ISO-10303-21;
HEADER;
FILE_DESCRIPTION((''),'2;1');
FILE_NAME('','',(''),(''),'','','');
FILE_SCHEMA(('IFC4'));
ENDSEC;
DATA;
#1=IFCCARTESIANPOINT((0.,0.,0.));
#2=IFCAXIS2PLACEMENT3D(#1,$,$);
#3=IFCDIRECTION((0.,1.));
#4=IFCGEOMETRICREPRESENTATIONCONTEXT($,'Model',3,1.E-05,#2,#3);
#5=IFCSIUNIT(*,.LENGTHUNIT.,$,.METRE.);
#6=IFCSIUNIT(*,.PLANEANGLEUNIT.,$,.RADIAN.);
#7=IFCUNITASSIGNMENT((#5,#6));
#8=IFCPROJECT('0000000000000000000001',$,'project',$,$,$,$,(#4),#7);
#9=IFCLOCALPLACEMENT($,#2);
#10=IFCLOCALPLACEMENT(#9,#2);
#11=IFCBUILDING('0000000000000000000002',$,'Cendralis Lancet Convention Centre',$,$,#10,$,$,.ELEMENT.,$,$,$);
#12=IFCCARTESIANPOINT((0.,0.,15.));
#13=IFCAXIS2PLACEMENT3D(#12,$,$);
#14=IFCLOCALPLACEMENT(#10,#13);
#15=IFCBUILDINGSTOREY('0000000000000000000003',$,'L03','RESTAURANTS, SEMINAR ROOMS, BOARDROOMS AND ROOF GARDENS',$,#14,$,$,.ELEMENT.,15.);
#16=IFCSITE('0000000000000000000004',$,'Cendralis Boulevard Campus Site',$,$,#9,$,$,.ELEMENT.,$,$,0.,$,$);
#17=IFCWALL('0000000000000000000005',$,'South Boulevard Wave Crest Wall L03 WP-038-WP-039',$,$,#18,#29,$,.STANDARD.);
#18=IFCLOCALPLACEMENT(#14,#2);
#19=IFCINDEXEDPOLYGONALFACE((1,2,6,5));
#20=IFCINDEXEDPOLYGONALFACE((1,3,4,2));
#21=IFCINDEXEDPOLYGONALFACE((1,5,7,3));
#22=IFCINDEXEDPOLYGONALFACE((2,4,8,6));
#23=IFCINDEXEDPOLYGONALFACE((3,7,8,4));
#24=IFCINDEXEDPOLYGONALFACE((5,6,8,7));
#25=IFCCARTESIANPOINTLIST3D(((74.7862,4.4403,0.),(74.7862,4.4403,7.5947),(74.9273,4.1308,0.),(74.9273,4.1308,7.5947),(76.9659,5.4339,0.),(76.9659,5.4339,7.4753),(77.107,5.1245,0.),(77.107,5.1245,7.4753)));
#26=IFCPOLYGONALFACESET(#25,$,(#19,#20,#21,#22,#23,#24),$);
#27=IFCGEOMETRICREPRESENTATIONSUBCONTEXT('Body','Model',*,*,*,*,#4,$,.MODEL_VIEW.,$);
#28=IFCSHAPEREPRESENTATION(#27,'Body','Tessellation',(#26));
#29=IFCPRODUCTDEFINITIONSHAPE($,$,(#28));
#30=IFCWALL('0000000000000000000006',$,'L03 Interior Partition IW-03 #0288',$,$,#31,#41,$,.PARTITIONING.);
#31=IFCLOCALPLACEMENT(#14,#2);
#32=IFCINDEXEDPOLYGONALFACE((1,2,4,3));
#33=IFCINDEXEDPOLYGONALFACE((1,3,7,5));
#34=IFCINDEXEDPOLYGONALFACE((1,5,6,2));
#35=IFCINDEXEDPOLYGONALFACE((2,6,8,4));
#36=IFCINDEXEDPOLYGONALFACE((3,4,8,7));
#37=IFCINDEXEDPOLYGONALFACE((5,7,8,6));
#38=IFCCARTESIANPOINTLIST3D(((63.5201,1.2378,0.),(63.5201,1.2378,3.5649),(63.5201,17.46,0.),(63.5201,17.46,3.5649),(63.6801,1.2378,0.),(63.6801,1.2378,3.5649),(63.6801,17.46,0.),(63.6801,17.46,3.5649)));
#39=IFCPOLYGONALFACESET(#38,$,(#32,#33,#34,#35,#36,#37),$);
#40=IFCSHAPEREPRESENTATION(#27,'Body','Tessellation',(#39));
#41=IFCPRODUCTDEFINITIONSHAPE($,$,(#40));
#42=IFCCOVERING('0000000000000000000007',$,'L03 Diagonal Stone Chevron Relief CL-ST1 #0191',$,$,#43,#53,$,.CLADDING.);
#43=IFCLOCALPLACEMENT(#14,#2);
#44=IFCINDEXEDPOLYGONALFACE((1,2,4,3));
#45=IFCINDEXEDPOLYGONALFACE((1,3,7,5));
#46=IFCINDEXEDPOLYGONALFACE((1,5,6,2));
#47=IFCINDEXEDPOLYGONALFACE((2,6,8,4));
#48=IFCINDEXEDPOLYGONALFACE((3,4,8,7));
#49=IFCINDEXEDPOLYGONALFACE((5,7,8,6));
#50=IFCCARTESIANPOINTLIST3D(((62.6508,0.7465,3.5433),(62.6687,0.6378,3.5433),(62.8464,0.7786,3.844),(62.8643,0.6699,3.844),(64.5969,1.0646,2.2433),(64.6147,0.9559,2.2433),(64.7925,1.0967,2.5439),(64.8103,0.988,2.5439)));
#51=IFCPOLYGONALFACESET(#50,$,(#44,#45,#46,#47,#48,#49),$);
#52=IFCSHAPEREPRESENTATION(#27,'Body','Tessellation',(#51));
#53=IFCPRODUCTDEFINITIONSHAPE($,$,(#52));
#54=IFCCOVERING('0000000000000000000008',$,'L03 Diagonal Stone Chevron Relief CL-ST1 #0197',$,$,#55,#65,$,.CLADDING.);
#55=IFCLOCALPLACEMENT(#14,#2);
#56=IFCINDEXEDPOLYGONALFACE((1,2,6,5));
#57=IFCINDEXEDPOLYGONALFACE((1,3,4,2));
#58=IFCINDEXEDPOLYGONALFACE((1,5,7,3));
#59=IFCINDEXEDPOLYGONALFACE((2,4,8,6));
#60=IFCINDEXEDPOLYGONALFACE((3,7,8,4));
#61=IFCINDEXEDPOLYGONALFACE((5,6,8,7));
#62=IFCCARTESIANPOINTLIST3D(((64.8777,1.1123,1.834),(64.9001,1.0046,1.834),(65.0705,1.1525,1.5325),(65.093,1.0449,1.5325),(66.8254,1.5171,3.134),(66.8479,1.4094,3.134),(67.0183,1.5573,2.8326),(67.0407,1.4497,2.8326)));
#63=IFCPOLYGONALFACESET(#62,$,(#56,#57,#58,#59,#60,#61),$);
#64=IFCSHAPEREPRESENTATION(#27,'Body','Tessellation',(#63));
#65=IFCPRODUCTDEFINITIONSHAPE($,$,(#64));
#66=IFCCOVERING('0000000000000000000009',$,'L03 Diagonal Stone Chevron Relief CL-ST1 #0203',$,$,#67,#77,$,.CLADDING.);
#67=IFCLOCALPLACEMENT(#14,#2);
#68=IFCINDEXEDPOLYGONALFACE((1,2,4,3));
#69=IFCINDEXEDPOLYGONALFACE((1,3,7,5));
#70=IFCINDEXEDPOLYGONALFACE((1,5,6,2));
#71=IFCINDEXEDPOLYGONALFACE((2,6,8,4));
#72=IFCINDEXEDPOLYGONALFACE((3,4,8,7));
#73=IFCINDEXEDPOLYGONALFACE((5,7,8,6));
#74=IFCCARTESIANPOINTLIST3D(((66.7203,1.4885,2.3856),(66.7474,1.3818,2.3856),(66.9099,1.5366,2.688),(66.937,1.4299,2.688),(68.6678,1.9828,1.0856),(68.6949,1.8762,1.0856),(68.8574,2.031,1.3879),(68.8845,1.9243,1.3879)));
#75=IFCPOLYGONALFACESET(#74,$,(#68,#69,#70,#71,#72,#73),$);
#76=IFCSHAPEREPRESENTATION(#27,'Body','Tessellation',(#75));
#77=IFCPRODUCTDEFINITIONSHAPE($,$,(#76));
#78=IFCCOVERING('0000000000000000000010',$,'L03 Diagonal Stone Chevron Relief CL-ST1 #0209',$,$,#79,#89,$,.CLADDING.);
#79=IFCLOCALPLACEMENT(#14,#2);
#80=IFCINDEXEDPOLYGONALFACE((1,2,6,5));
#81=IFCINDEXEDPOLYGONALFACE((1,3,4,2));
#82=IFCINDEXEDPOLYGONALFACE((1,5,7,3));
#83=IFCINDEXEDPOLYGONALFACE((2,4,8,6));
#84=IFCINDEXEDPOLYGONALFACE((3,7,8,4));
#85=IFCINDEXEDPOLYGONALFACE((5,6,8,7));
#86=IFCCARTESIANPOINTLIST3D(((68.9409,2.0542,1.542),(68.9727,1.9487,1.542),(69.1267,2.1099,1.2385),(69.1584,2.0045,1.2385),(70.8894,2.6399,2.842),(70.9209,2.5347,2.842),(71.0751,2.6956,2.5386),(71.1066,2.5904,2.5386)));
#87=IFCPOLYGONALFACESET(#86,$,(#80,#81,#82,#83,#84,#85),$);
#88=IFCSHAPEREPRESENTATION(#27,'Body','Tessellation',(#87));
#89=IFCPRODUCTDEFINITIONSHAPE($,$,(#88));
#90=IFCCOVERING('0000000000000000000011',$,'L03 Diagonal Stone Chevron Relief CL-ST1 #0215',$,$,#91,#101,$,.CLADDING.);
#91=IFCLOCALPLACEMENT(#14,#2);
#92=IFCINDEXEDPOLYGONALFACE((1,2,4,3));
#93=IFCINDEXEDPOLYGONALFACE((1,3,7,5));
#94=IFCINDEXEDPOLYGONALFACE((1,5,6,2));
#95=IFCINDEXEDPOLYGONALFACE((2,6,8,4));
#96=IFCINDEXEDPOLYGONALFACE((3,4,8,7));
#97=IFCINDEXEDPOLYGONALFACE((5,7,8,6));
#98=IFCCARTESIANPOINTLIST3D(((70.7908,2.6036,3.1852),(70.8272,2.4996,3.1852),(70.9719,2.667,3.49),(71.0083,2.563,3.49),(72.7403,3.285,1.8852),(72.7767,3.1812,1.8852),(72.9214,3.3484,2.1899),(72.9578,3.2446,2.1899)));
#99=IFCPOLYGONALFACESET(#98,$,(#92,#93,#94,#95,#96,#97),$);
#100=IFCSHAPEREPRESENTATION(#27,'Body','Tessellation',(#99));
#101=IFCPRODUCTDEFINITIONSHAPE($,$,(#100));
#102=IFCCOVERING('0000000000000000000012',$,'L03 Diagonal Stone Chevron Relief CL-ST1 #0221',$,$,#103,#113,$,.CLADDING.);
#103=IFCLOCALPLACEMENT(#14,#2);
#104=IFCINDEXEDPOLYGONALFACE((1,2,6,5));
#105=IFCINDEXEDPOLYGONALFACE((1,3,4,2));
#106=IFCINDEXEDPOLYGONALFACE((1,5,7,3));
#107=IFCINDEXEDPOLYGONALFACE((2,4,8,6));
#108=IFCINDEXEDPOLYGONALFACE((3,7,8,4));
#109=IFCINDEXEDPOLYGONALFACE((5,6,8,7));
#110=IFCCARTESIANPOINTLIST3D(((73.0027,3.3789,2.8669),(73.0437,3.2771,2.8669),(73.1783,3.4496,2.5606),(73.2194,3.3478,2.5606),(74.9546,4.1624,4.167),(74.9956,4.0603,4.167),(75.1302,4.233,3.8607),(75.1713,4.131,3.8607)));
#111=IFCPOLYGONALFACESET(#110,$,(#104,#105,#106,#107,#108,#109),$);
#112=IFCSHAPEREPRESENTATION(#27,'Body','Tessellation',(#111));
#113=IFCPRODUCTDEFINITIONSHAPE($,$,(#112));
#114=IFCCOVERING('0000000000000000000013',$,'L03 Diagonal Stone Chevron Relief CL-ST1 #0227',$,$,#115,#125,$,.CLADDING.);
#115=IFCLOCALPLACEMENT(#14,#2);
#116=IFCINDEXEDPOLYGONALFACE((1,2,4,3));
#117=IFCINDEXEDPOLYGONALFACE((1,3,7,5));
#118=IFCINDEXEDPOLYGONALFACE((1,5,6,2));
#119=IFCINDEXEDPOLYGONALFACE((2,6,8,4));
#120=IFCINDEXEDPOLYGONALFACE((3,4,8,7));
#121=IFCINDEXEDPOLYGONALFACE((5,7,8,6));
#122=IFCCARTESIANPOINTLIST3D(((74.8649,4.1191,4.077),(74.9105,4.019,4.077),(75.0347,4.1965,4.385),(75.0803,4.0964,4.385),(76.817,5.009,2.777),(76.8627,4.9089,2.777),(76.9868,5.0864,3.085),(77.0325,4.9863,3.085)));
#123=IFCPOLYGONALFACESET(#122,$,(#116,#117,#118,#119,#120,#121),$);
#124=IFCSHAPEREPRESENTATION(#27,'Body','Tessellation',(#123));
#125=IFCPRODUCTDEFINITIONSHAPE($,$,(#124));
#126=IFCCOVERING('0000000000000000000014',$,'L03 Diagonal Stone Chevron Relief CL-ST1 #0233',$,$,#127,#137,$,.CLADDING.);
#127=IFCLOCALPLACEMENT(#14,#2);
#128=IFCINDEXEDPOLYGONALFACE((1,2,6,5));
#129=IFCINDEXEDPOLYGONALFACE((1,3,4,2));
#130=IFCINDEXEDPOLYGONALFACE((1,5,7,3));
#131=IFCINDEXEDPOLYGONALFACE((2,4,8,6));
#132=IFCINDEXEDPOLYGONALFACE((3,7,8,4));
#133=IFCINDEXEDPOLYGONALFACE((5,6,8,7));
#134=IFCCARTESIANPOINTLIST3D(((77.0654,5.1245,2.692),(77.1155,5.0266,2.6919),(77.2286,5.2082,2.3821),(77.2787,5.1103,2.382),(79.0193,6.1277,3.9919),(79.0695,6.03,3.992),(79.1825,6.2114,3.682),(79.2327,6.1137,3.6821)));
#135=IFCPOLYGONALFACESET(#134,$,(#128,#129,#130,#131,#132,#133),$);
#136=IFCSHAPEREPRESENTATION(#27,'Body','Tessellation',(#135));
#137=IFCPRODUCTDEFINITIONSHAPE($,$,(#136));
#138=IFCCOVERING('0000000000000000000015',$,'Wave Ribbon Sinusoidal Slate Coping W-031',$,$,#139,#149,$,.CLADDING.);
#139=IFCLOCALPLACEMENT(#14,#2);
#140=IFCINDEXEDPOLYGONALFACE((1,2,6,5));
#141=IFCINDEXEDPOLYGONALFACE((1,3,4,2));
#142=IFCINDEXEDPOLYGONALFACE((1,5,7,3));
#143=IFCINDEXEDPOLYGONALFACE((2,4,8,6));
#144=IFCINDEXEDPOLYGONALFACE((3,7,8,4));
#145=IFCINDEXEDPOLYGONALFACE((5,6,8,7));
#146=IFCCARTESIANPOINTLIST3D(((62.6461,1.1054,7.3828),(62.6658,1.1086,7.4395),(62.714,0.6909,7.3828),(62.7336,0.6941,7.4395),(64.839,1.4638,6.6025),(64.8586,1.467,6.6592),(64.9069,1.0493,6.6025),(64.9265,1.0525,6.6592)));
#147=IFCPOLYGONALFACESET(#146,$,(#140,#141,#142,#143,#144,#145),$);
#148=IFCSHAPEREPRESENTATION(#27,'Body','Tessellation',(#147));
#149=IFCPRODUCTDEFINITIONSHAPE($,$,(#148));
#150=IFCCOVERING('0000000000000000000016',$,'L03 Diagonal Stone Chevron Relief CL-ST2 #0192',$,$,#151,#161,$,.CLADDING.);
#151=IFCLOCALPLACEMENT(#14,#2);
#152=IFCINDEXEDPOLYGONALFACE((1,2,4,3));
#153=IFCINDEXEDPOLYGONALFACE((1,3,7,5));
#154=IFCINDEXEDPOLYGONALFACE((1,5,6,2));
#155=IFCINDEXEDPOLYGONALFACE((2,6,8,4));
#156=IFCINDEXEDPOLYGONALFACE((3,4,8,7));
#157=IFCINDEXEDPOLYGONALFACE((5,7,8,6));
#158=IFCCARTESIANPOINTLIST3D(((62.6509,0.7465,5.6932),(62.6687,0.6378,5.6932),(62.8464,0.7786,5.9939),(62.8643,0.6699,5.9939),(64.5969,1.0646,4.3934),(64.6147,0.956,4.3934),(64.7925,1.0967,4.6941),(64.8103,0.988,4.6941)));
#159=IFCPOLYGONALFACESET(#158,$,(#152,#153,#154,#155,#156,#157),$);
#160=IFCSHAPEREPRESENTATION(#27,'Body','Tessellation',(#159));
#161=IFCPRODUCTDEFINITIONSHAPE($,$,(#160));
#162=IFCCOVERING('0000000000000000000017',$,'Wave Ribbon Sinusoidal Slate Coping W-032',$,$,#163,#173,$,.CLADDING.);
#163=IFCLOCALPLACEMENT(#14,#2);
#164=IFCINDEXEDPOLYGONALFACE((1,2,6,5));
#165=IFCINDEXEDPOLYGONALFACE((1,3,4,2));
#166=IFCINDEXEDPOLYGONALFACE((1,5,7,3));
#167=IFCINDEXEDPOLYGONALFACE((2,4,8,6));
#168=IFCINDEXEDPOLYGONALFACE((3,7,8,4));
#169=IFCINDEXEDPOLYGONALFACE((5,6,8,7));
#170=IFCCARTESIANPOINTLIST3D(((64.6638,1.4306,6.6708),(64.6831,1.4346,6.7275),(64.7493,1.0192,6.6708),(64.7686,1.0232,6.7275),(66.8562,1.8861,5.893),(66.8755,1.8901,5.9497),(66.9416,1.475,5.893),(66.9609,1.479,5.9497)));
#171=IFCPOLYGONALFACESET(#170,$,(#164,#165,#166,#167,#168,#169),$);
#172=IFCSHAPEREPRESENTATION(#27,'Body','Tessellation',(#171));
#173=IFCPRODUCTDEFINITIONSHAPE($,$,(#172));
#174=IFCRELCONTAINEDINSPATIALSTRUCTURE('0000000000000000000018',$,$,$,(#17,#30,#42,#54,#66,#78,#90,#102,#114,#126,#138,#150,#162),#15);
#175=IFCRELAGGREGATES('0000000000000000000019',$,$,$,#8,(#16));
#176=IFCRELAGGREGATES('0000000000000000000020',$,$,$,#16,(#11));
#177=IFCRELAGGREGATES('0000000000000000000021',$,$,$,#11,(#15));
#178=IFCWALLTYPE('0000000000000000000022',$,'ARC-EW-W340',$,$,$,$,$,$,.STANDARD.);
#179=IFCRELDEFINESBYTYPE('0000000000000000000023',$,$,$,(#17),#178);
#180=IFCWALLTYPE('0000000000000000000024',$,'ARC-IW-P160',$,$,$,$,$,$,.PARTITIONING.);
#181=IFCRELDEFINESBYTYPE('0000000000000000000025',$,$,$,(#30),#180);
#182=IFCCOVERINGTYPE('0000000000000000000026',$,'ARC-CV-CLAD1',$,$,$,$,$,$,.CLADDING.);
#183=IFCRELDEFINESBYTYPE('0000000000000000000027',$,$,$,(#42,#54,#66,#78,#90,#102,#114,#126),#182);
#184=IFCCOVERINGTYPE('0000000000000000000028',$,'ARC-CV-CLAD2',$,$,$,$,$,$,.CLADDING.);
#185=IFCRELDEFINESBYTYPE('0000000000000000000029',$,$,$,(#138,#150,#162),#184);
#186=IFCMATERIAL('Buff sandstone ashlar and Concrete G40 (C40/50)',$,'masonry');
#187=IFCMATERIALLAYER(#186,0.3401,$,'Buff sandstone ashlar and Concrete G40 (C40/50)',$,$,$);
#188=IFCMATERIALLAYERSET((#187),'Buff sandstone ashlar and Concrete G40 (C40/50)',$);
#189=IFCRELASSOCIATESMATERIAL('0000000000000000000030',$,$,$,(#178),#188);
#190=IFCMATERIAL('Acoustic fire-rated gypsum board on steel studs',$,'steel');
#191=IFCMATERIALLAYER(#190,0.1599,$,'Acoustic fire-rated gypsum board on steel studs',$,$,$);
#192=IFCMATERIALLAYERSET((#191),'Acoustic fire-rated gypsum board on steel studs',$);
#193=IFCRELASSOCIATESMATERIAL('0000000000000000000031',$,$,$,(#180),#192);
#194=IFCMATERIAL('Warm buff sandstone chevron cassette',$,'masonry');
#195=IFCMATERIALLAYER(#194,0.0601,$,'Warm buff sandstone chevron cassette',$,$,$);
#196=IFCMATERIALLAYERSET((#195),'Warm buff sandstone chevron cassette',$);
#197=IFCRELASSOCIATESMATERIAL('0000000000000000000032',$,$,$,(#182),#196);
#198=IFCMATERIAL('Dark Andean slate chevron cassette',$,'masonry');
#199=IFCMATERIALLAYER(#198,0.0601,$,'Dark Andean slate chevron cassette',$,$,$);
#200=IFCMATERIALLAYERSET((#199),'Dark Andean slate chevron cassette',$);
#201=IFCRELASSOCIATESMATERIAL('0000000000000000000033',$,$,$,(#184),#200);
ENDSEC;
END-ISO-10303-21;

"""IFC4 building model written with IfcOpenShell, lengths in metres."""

from ifc_helpers import new_model, si_unit, direction, frame, frame_2d, origin, place, context, subcontext, project, spatial, polyline, rectangle, outline, extrude, material, layer, layer_set, type_object, element, save


model = new_model("IFC4")

# Units and contexts
model_context = context("Model", 3, precision=1e-05, world=origin(), true_north=direction((0.0, 1.0)))
body_context = subcontext(model_context, "Body", "Model", "MODEL_VIEW")
ifc_project = project(units=[si_unit("LENGTHUNIT", "METRE"), si_unit("PLANEANGLEUNIT", "RADIAN")], contexts=[model_context])

# Site, building, storey
site_placement = place(None, origin())
site = spatial("IfcSite", under=ifc_project, at=site_placement, Name="Cendralis Boulevard Campus Site", CompositionType="ELEMENT", RefElevation=0.0)
building_placement = place(site_placement, origin())
building = spatial("IfcBuilding", under=site, at=building_placement, Name="Cendralis Lancet Convention Centre", CompositionType="ELEMENT")
storey_placement = place(building_placement, frame((0.0, 0.0, 15.0)))
storey = spatial("IfcBuildingStorey", under=building, at=storey_placement, Name="L03", Description="RESTAURANTS, SEMINAR ROOMS, BOARDROOMS AND ROOF GARDENS", CompositionType="ELEMENT", Elevation=15.0)

# Shared definitions
ifc_material_1 = material(Name="Warm buff sandstone chevron cassette", Category="masonry")
ifc_material_2 = material(Name="Dark Andean slate chevron cassette", Category="masonry")

# Walls
ifc_material_3 = material(Name="Buff sandstone ashlar and Concrete G40 (C40/50)", Category="masonry")
ifc_layer_1 = layer(ifc_material_3, 0.3401, Name="Buff sandstone ashlar and Concrete G40 (C40/50)")
ifc_layer_set_1 = layer_set([ifc_layer_1], Name="Buff sandstone ashlar and Concrete G40 (C40/50)")
wall_type_1 = type_object("IfcWallType", Name="ARC-EW-W340", PredefinedType="STANDARD", material=ifc_layer_set_1)
wall_1_placement = place(storey_placement, frame((74.8567, 4.2856, 0.0), z_axis=(0.0, 0.0, 1.0), x_axis=(0.909912, 0.414801, 0.0)))
element("IfcWall", 1, at=wall_1_placement, inside=storey, type_object=wall_type_1, Name="South Boulevard Wave Crest Wall L03 WP-038-WP-039", PredefinedType="STANDARD", context=body_context, shape_type="SweptSolid", body=[
    extrude(outline(polyline([(0.0, 0.0), (2.3955, 0.0), (2.3955, 7.4753), (0.0, 7.5947), (0.0, 0.0)])), frame((0.0, 0.1699, 0.0), z_axis=(0.0, -1.0, 0.0), x_axis=(1.0, 0.0, 0.0)), (0.0, 0.0, 1.0), 0.3401),
])
ifc_material_4 = material(Name="Acoustic fire-rated gypsum board on steel studs", Category="steel")
ifc_layer_2 = layer(ifc_material_4, 0.1599, Name="Acoustic fire-rated gypsum board on steel studs")
ifc_layer_set_2 = layer_set([ifc_layer_2], Name="Acoustic fire-rated gypsum board on steel studs")
wall_type_2 = type_object("IfcWallType", Name="ARC-IW-P160", PredefinedType="PARTITIONING", material=ifc_layer_set_2)
wall_2_placement = place(storey_placement, frame((63.6001, 1.2378, 0.0), z_axis=(0.0, 0.0, 1.0), x_axis=(0.0, 1.0, 0.0)))
element("IfcWall", 2, at=wall_2_placement, inside=storey, type_object=wall_type_2, Name="L03 Interior Partition IW-03 #0288", PredefinedType="PARTITIONING", context=body_context, shape_type="SweptSolid", body=[
    extrude(rectangle(XDim=16.2222, YDim=0.1599, at=frame_2d((8.1111, 0.0))), origin(), (0.0, 0.0, 1.0), 3.5649),
])

# Coverings
ifc_layer_3 = layer(ifc_material_1, 0.0601, Name="Warm buff sandstone chevron cassette")
ifc_layer_set_3 = layer_set([ifc_layer_3], Name="Warm buff sandstone chevron cassette")
covering_type_1 = type_object("IfcCoveringType", Name="ARC-CV-CLAD1", PredefinedType="CLADDING", material=ifc_layer_set_3)
covering_1_placement = place(storey_placement, frame((62.8643, 0.6699, 3.844), z_axis=(0.543173, 0.089105, 0.834879), x_axis=(0.823944, 0.134688, -0.550433)))
element("IfcCovering", 3, at=covering_1_placement, inside=storey, type_object=covering_type_1, Name="L03 Diagonal Stone Chevron Relief CL-ST1 #0191", PredefinedType="CLADDING", context=body_context, shape_type="SweptSolid", body=[
    extrude(outline(polyline([(0.0, 0.0), (2.3619, 0.0), (2.3618, 0.1101), (-0.0001, 0.1101), (0.0, 0.0)])), origin(), (0.0, 0.0, -1.0), 0.3601),
])
covering_2_placement = place(storey_placement, frame((64.9001, 1.0046, 1.834), z_axis=(-0.535516, -0.111718, 0.837103), x_axis=(0.819591, 0.170329, 0.547045)))
element("IfcCovering", 4, at=covering_2_placement, inside=storey, type_object=covering_type_1, Name="L03 Diagonal Stone Chevron Relief CL-ST1 #0197", PredefinedType="CLADDING", context=body_context, shape_type="SweptSolid", body=[
    extrude(outline(polyline([(0.0, 0.0), (2.3765, 0.0), (2.3764, 0.11), (-0.0001, 0.11), (0.0, 0.0)])), origin(), (0.0, 0.0, -1.0), 0.3601),
])
covering_3_placement = place(storey_placement, frame((66.937, 1.4299, 2.688), z_axis=(0.52651, 0.133736, 0.839584), x_axis=(0.813773, 0.20658, -0.543229)))
element("IfcCovering", 5, at=covering_3_placement, inside=storey, type_object=covering_type_1, Name="L03 Diagonal Stone Chevron Relief CL-ST1 #0203", PredefinedType="CLADDING", context=body_context, shape_type="SweptSolid", body=[
    extrude(outline(polyline([(0.0, 0.0), (2.3932, 0.0), (2.3932, 0.1101), (0.0, 0.1101), (0.0, 0.0)])), origin(), (0.0, 0.0, -1.0), 0.3601),
])
covering_4_placement = place(storey_placement, frame((68.9727, 1.9487, 1.542), z_axis=(-0.515727, -0.154778, 0.842656), x_axis=(0.806951, 0.242692, 0.538452)))
element("IfcCovering", 6, at=covering_4_placement, inside=storey, type_object=covering_type_1, Name="L03 Diagonal Stone Chevron Relief CL-ST1 #0209", PredefinedType="CLADDING", context=body_context, shape_type="SweptSolid", body=[
    extrude(outline(polyline([(0.0, 0.0), (2.4144, 0.0), (2.4145, 0.1098), (0.0, 0.1101), (0.0, 0.0)])), origin(), (0.0, 0.0, -1.0), 0.3601),
])
covering_5_placement = place(storey_placement, frame((71.0083, 2.563, 3.49), z_axis=(0.502808, 0.176071, 0.846276), x_axis=(0.798851, 0.279323, -0.532744)))
element("IfcCovering", 7, at=covering_5_placement, inside=storey, type_object=covering_type_1, Name="L03 Diagonal Stone Chevron Relief CL-ST1 #0215", PredefinedType="CLADDING", context=body_context, shape_type="SweptSolid", body=[
    extrude(outline(polyline([(0.0, 0.0), (2.4403, 0.0), (2.4402, 0.11), (0.0, 0.1102), (0.0, 0.0)])), origin(), (0.0, 0.0, -1.0), 0.3601),
])
covering_6_placement = place(storey_placement, frame((73.0437, 3.2771, 2.8669), z_axis=(-0.487776, -0.196279, 0.850617), x_axis=(0.789437, 0.316762, 0.525786)))
element("IfcCovering", 8, at=covering_6_placement, inside=storey, type_object=covering_type_1, Name="L03 Diagonal Stone Chevron Relief CL-ST1 #0221", PredefinedType="CLADDING", context=body_context, shape_type="SweptSolid", body=[
    extrude(outline(polyline([(0.0, 0.0), (2.4725, 0.0), (2.4725, 0.11), (-0.0001, 0.1098), (0.0, 0.0)])), origin(), (0.0, 0.0, -1.0), 0.3601),
])
covering_7_placement = place(storey_placement, frame((75.0803, 4.0964, 4.385), z_axis=(0.471515, 0.215057, 0.855233), x_axis=(0.778192, 0.354741, -0.518243)))
element("IfcCovering", 9, at=covering_7_placement, inside=storey, type_object=covering_type_1, Name="L03 Diagonal Stone Chevron Relief CL-ST1 #0227", PredefinedType="CLADDING", context=body_context, shape_type="SweptSolid", body=[
    extrude(outline(polyline([(0.0, 0.0), (2.5086, 0.0), (2.5086, 0.11), (0.0, 0.11), (0.0, 0.0)])), origin(), (0.0, 0.0, -1.0), 0.3601),
])
covering_8_placement = place(storey_placement, frame((77.1155, 5.0266, 2.6919), z_axis=(-0.453169, -0.232525, 0.860564), x_axis=(0.765535, 0.393097, 0.509343)))
element("IfcCovering", 10, at=covering_8_placement, inside=storey, type_object=covering_type_1, Name="L03 Diagonal Stone Chevron Relief CL-ST1 #0233", PredefinedType="CLADDING", context=body_context, shape_type="SweptSolid", body=[
    extrude(outline(polyline([(0.0, 0.0), (2.5525, 0.0), (2.5524, 0.1098), (0.0002, 0.11), (0.0, 0.0)])), origin(), (0.0, 0.0, -1.0), 0.3601),
])
ifc_layer_4 = layer(ifc_material_2, 0.0601, Name="Dark Andean slate chevron cassette")
ifc_layer_set_4 = layer_set([ifc_layer_4], Name="Dark Andean slate chevron cassette")
covering_type_2 = type_object("IfcCoveringType", Name="ARC-CV-CLAD2", PredefinedType="CLADDING", material=ifc_layer_set_4)
covering_9_placement = place(storey_placement, frame((62.7336, 0.6941, 7.4395), z_axis=(0.326975, 0.053533, 0.943516), x_axis=(0.931161, 0.152187, -0.331328)))
element("IfcCovering", 11, at=covering_9_placement, inside=storey, type_object=covering_type_2, Name="Wave Ribbon Sinusoidal Slate Coping W-031", PredefinedType="CLADDING", context=body_context, shape_type="SweptSolid", body=[
    extrude(outline(polyline([(0.0, 0.0), (2.355, 0.0), (2.3549, 0.4201), (-0.0001, 0.4201), (0.0, 0.0)])), origin(), (0.0, 0.0, -1.0), 0.0601),
])
covering_10_placement = place(storey_placement, frame((62.8643, 0.6699, 5.9939), z_axis=(0.543102, 0.089093, 0.834927), x_axis=(0.82399, 0.134696, -0.550361)))
element("IfcCovering", 12, at=covering_10_placement, inside=storey, type_object=covering_type_2, Name="L03 Diagonal Stone Chevron Relief CL-ST2 #0192", PredefinedType="CLADDING", context=body_context, shape_type="SweptSolid", body=[
    extrude(outline(polyline([(0.0, 0.0), (2.3617, 0.0), (2.3617, 0.1101), (-0.0001, 0.1101), (0.0, 0.0)])), origin(), (0.0, 0.0, -1.0), 0.3601),
])
covering_11_placement = place(storey_placement, frame((64.7686, 1.0232, 6.7275), z_axis=(0.32127, 0.066752, 0.944632), x_axis=(0.924855, 0.192283, -0.328131)))
element("IfcCovering", 13, at=covering_11_placement, inside=storey, type_object=covering_type_2, Name="Wave Ribbon Sinusoidal Slate Coping W-032", PredefinedType="CLADDING", context=body_context, shape_type="SweptSolid", body=[
    extrude(outline(polyline([(0.0, 0.0), (2.3705, 0.0), (2.3705, 0.4199), (0.0001, 0.4202), (0.0, 0.0)])), origin(), (0.0, 0.0, -1.0), 0.0601),
])

save(model, "model.ifc")
